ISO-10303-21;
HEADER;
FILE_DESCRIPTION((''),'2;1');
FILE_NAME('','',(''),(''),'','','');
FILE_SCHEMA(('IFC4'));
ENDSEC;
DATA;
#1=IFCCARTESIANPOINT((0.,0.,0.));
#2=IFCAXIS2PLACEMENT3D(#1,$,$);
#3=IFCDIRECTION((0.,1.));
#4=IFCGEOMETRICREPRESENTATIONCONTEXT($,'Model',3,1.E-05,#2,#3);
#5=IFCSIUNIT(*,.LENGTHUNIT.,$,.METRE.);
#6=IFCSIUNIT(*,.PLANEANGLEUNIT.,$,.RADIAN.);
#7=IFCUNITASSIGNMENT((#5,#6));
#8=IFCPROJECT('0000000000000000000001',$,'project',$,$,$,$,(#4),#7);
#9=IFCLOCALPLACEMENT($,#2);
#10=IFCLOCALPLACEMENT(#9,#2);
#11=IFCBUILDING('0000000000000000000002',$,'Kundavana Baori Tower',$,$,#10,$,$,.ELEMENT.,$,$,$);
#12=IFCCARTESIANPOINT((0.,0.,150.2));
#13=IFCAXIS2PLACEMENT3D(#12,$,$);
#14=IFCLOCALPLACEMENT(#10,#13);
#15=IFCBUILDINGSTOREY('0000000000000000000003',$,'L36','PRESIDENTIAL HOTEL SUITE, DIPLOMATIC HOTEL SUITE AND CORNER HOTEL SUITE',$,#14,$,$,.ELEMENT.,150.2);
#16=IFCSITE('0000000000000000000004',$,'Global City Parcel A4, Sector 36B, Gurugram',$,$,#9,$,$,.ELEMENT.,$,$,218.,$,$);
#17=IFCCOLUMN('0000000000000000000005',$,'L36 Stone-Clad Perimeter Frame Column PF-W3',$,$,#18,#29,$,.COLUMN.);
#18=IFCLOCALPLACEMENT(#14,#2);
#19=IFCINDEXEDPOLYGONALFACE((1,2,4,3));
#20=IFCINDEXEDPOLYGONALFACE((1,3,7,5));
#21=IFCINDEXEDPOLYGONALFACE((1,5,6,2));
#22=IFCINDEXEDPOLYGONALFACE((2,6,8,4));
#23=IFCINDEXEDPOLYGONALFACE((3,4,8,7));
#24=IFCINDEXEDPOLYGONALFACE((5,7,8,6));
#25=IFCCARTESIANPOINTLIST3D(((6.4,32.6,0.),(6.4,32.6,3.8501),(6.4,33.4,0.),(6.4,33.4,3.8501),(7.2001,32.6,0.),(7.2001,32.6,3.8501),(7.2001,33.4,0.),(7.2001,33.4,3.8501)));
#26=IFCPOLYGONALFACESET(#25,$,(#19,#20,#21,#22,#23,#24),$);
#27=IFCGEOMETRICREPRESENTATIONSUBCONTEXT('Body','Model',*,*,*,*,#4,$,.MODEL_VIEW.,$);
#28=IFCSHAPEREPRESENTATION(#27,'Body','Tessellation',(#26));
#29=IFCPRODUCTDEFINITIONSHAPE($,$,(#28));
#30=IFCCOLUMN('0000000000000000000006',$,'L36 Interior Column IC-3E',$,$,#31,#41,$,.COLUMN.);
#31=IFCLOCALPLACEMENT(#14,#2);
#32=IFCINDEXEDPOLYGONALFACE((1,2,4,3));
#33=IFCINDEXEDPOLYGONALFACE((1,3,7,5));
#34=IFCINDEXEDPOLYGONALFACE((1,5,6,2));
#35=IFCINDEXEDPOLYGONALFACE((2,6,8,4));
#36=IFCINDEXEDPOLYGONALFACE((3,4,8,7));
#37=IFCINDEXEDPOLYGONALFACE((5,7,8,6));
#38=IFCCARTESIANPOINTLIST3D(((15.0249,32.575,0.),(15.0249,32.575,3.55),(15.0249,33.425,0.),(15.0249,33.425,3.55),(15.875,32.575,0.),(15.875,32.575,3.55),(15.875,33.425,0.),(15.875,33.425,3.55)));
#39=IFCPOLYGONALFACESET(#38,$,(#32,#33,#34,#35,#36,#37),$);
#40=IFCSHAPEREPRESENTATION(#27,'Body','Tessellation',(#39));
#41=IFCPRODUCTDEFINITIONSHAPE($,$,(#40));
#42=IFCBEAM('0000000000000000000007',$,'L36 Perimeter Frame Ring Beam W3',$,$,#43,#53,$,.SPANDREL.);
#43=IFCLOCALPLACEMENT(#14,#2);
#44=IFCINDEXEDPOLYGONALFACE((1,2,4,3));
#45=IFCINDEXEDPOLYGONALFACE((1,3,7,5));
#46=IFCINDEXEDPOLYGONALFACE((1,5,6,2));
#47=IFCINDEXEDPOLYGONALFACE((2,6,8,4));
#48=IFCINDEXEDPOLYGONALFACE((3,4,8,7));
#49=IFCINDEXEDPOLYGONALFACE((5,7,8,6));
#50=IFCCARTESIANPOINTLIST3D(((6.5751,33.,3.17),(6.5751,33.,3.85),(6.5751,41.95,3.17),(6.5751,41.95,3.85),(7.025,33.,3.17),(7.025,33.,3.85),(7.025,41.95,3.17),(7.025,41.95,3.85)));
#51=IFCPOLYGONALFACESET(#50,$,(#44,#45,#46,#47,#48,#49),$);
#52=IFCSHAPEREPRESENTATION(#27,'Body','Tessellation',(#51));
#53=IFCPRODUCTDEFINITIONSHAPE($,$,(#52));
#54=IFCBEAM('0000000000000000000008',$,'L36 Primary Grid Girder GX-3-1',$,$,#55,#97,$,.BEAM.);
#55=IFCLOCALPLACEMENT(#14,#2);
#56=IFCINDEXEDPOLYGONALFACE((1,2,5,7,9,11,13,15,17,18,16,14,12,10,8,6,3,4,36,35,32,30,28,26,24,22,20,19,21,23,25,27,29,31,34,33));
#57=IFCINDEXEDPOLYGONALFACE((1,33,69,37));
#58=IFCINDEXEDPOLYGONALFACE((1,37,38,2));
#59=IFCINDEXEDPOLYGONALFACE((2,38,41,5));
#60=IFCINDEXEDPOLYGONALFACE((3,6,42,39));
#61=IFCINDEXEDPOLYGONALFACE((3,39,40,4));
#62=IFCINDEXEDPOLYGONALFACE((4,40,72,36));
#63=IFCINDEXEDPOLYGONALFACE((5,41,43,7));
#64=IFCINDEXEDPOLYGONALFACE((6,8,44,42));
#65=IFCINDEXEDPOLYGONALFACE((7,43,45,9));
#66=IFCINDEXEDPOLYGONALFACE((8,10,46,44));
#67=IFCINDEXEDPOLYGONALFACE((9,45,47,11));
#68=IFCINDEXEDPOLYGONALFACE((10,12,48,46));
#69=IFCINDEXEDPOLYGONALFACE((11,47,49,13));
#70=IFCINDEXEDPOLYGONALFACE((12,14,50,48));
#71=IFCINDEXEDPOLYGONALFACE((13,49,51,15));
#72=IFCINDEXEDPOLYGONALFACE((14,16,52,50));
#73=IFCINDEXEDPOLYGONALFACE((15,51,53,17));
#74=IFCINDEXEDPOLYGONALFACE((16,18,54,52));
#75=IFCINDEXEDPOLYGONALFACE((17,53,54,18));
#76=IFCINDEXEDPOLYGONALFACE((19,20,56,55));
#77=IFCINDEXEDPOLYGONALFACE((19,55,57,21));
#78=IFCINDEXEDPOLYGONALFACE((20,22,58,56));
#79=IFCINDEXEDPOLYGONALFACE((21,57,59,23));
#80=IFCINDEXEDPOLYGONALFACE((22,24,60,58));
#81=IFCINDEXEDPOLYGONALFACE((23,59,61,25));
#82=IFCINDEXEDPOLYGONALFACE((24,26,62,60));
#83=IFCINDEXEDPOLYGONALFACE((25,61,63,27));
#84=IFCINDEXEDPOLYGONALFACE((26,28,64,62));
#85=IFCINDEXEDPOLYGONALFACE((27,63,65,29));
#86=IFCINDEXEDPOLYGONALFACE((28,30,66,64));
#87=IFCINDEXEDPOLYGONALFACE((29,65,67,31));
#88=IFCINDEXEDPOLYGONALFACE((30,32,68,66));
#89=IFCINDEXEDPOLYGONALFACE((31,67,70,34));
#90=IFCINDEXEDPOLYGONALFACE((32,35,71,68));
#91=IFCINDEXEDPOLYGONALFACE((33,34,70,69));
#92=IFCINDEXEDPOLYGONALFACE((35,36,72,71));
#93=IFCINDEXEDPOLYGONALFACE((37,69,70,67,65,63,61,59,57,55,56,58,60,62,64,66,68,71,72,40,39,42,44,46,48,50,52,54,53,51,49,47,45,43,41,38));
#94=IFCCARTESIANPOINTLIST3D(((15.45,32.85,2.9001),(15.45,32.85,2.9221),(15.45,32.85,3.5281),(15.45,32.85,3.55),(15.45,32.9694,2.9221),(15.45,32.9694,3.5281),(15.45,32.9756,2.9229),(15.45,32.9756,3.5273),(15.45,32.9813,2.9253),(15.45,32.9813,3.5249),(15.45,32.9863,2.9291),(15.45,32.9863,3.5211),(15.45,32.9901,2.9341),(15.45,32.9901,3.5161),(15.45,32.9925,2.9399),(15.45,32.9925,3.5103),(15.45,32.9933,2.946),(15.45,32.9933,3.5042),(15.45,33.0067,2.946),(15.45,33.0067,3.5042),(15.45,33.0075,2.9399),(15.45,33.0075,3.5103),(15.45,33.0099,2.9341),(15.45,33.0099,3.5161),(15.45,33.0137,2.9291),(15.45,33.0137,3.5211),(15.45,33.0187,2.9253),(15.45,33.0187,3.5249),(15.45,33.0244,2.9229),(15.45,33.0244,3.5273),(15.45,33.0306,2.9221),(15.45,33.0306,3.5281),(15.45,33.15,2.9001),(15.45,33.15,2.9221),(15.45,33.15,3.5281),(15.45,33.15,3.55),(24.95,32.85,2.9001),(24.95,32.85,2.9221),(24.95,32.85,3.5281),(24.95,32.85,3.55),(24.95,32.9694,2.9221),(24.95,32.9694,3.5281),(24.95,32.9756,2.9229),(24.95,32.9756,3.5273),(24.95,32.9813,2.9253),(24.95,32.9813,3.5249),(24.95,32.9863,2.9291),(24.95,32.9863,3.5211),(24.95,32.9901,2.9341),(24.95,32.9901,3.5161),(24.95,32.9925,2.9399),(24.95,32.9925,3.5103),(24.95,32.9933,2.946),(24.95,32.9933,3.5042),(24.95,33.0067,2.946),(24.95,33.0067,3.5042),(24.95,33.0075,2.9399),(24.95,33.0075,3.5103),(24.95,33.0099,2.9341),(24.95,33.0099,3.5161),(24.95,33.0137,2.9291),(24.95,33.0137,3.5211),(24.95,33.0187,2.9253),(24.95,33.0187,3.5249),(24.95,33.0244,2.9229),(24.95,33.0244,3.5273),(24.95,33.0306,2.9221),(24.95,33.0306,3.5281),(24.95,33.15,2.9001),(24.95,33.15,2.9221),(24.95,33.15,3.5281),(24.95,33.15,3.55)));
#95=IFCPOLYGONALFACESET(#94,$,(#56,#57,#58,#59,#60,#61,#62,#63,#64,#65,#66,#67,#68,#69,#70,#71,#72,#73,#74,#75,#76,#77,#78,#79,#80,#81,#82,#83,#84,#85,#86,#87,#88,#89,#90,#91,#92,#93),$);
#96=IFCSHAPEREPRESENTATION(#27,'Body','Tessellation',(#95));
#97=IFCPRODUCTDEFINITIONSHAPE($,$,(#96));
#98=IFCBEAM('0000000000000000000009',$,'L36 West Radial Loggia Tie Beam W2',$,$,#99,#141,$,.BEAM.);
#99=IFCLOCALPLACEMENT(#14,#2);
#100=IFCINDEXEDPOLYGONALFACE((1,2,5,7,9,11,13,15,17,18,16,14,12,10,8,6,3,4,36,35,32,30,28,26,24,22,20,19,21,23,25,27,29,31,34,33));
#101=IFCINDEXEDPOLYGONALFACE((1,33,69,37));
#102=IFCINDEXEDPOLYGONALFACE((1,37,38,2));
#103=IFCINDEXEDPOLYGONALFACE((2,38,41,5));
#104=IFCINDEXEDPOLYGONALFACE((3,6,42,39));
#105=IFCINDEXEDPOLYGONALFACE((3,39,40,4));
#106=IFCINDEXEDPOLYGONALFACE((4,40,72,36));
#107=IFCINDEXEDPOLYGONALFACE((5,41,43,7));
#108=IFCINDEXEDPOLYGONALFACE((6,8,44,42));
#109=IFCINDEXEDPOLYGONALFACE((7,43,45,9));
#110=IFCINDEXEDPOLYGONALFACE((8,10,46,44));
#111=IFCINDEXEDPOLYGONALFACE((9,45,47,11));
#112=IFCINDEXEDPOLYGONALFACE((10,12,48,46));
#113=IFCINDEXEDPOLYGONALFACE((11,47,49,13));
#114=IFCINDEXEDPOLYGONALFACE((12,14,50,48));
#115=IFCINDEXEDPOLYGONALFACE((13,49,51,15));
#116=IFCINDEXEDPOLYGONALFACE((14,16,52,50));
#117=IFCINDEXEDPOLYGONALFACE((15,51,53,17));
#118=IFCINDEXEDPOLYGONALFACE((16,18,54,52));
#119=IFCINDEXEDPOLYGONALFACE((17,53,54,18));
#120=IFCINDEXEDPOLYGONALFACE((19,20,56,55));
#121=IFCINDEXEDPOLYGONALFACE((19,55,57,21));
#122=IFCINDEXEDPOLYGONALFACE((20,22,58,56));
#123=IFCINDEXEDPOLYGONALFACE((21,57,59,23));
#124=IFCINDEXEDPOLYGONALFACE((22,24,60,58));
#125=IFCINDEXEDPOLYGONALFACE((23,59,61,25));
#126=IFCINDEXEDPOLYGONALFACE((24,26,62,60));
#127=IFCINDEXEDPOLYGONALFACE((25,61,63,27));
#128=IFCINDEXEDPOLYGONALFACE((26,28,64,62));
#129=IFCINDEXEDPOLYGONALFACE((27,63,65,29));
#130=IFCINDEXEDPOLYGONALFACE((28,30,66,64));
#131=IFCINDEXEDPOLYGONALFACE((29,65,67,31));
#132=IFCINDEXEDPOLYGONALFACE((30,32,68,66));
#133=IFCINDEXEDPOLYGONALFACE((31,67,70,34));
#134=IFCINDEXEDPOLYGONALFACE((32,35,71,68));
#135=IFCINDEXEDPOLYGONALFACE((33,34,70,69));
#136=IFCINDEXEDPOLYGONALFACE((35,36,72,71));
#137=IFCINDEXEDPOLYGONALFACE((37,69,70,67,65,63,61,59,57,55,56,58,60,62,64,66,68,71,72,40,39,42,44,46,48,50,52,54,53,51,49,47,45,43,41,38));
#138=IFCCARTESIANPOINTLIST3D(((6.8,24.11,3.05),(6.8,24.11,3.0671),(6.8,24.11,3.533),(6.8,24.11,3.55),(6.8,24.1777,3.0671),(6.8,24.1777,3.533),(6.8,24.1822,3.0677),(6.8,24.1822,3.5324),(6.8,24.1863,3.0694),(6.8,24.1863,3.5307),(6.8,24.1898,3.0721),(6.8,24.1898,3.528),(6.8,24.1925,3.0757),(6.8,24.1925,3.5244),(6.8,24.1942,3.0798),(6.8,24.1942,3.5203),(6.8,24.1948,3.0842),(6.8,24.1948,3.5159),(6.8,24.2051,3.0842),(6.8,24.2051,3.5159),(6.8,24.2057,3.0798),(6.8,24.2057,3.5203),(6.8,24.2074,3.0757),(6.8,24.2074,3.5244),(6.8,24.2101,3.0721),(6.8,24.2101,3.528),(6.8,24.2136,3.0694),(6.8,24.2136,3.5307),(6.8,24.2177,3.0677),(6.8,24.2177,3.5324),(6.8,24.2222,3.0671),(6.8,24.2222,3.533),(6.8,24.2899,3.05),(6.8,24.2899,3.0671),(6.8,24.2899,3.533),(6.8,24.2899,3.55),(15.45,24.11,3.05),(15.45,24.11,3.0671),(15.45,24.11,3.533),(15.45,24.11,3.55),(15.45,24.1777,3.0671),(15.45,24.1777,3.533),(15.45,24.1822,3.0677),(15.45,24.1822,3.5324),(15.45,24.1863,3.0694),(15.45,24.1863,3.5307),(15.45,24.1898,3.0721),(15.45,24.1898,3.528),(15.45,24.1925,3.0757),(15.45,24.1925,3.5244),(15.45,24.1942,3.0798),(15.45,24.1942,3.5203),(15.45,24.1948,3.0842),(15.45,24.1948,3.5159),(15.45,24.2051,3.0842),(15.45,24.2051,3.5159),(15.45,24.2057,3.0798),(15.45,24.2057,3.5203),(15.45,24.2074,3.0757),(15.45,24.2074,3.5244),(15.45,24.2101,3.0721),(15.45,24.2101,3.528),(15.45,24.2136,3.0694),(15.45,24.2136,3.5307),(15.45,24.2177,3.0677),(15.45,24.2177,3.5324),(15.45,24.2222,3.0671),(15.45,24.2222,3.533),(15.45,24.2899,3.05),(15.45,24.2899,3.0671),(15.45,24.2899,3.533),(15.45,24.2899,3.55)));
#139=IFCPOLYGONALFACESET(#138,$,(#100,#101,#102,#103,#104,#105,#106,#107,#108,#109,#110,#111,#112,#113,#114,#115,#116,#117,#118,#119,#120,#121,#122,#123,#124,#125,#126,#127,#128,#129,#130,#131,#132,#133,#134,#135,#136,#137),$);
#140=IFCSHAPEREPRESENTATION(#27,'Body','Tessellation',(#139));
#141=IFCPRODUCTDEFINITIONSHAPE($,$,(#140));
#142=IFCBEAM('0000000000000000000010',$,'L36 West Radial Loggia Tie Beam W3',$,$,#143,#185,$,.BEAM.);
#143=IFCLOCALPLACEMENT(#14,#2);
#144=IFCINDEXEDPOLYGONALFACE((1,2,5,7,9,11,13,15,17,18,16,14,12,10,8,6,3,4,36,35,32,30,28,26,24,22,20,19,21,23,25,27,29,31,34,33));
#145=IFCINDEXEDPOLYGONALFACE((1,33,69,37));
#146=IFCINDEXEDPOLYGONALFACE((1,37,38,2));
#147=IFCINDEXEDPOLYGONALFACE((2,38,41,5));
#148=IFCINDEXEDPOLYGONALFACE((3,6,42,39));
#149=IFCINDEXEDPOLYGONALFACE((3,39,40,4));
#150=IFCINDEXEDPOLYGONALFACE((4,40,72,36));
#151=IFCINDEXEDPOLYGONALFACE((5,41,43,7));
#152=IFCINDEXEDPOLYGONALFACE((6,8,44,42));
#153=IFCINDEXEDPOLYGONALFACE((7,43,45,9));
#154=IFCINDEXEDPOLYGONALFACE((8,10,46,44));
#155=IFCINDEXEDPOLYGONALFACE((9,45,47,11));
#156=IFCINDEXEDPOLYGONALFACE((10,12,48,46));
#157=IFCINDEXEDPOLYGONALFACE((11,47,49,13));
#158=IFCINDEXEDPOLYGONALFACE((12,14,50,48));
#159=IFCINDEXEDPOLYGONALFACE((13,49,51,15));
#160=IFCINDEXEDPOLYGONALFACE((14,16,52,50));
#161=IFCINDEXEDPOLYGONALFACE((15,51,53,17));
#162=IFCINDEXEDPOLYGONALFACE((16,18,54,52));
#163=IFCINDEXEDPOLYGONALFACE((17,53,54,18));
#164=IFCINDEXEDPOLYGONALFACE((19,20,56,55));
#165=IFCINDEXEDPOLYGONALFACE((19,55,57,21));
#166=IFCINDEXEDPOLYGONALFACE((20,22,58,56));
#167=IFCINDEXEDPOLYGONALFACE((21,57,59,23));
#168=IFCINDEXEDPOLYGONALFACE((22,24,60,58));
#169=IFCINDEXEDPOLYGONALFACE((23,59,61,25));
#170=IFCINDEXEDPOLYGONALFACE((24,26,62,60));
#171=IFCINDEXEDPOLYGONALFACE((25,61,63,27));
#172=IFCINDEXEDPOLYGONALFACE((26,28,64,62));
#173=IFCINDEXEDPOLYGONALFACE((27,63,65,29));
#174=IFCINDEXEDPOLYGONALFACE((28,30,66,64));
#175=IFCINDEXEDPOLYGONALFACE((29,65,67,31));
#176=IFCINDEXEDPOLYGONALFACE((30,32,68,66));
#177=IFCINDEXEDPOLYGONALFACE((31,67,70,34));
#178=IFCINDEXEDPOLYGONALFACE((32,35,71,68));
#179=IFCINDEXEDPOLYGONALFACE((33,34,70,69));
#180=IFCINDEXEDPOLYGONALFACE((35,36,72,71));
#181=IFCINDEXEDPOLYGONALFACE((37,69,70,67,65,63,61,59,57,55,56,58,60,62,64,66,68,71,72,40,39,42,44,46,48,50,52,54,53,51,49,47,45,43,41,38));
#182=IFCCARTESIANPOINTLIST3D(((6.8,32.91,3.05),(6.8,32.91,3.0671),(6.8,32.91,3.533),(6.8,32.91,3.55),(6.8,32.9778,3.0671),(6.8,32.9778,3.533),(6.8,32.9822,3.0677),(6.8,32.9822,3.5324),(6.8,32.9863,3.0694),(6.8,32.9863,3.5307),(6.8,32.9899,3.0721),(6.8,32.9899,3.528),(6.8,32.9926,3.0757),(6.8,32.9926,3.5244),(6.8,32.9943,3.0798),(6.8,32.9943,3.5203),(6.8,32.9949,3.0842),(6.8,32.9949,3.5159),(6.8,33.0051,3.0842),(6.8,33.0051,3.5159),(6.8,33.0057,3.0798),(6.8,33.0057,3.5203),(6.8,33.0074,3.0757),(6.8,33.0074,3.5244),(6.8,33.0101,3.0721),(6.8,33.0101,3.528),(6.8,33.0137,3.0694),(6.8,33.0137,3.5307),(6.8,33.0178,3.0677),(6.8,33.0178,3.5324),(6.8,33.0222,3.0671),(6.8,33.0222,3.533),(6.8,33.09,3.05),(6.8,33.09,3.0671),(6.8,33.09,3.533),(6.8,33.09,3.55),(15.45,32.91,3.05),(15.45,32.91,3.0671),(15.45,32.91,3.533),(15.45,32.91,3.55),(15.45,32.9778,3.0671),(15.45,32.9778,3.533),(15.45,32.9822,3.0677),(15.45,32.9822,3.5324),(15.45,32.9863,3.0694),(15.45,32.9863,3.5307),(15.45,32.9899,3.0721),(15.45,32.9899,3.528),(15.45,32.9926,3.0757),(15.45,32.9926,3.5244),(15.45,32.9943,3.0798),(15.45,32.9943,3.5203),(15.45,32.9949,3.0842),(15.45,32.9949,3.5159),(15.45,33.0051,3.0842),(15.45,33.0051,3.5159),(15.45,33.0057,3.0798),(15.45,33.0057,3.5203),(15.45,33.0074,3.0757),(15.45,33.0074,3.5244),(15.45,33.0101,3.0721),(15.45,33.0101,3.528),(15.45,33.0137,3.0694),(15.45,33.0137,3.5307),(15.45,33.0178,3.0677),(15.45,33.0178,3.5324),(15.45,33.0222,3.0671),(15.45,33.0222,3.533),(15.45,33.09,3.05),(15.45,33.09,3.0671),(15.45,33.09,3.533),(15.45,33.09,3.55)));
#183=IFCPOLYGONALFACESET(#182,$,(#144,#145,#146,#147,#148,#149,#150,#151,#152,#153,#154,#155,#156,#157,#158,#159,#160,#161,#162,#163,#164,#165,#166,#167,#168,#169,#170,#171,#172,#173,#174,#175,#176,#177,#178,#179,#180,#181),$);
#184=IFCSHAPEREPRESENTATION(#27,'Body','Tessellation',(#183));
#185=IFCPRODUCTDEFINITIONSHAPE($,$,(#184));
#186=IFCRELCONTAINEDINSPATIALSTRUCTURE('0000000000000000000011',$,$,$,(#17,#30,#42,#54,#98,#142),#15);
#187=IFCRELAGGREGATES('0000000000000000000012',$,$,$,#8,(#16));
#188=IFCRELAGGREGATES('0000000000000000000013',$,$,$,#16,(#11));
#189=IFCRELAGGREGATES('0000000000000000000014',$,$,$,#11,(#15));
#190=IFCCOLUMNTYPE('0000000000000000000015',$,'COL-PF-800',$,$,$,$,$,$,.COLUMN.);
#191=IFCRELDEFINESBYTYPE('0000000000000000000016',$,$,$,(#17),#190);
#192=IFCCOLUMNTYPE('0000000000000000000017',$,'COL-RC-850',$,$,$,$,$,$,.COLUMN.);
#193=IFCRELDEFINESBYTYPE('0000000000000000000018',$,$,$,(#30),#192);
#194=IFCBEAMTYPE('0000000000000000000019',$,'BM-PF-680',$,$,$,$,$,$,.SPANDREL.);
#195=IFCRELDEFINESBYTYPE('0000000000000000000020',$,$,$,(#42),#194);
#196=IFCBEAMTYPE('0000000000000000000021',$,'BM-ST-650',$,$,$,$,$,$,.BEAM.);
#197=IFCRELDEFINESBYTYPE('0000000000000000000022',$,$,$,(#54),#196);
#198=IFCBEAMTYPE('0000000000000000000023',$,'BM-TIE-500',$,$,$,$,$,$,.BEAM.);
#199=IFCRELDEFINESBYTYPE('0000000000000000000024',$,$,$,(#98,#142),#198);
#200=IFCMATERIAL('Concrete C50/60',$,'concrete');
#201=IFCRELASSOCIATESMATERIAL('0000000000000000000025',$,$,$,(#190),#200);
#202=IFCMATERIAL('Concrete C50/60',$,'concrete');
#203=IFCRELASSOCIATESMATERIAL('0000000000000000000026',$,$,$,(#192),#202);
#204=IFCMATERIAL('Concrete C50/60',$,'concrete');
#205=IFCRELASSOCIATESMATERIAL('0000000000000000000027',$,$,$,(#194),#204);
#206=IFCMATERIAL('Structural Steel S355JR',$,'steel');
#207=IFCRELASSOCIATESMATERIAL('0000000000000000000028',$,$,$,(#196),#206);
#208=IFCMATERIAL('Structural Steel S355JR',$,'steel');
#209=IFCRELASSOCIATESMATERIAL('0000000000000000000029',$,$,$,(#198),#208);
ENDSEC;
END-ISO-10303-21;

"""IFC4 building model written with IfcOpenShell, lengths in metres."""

from ifc_helpers import new_model, si_unit, direction, frame, origin, origin_2d, place, context, subcontext, project, spatial, rectangle, i_section, extrude, material, material_profile, profile_set, type_object, element, save


model = new_model("IFC4")

# Units and contexts
model_context = context("Model", 3, precision=1e-05, world=origin(), true_north=direction((0.0, 1.0)))
body_context = subcontext(model_context, "Body", "Model", "MODEL_VIEW")
ifc_project = project(units=[si_unit("LENGTHUNIT", "METRE"), si_unit("PLANEANGLEUNIT", "RADIAN")], contexts=[model_context])

# Site, building, storey
site_placement = place(None, origin())
site = spatial("IfcSite", under=ifc_project, at=site_placement, Name="Global City Parcel A4, Sector 36B, Gurugram", CompositionType="ELEMENT", RefElevation=218.0)
building_placement = place(site_placement, origin())
building = spatial("IfcBuilding", under=site, at=building_placement, Name="Kundavana Baori Tower", CompositionType="ELEMENT")
storey_placement = place(building_placement, frame((0.0, 0.0, 150.2)))
storey = spatial("IfcBuildingStorey", under=building, at=storey_placement, Name="L36", Description="PRESIDENTIAL HOTEL SUITE, DIPLOMATIC HOTEL SUITE AND CORNER HOTEL SUITE", CompositionType="ELEMENT", Elevation=150.2)

# Columns
ifc_material_1 = material(Name="Concrete C50/60", Category="concrete")
ifc_material_profile_1 = material_profile(ifc_material_1, rectangle(XDim=0.8, YDim=0.8, at=origin_2d()), Name="RC PF 800x800")
ifc_profile_set_1 = profile_set([ifc_material_profile_1], Name="Concrete C50/60")
column_type_1 = type_object("IfcColumnType", Name="COL-PF-800", PredefinedType="COLUMN", material=ifc_profile_set_1)
column_1_placement = place(storey_placement, frame((6.8, 33.0, 0.0), z_axis=(0.0, 0.0, 1.0), x_axis=(1.0, 0.0, 0.0)))
element("IfcColumn", 1, at=column_1_placement, inside=storey, type_object=column_type_1, Name="L36 Stone-Clad Perimeter Frame Column PF-W3", PredefinedType="COLUMN", context=body_context, shape_type="SweptSolid", body=[
    extrude(rectangle(XDim=0.8, YDim=0.8, at=origin_2d()), origin(), (0.0, 0.0, 1.0), 3.8501),
])
ifc_material_2 = material(Name="Concrete C50/60", Category="concrete")
ifc_material_profile_2 = material_profile(ifc_material_2, rectangle(XDim=0.8501, YDim=0.8501, at=origin_2d()), Name="RC 850x850")
ifc_profile_set_2 = profile_set([ifc_material_profile_2], Name="Concrete C50/60")
column_type_2 = type_object("IfcColumnType", Name="COL-RC-850", PredefinedType="COLUMN", material=ifc_profile_set_2)
column_2_placement = place(storey_placement, frame((15.45, 33.0, 0.0), z_axis=(0.0, 0.0, 1.0), x_axis=(1.0, 0.0, 0.0)))
element("IfcColumn", 2, at=column_2_placement, inside=storey, type_object=column_type_2, Name="L36 Interior Column IC-3E", PredefinedType="COLUMN", context=body_context, shape_type="SweptSolid", body=[
    extrude(rectangle(XDim=0.8501, YDim=0.8501, at=origin_2d()), origin(), (0.0, 0.0, 1.0), 3.55),
])

# Beams
ifc_material_3 = material(Name="Concrete C50/60", Category="concrete")
ifc_material_profile_3 = material_profile(ifc_material_3, rectangle(XDim=0.45, YDim=0.6799, at=origin_2d()), Name="RC BM 450x680")
ifc_profile_set_3 = profile_set([ifc_material_profile_3], Name="Concrete C50/60")
beam_type_1 = type_object("IfcBeamType", Name="BM-PF-680", PredefinedType="SPANDREL", material=ifc_profile_set_3)
beam_1_placement = place(storey_placement, frame((6.8, 33.0, 3.51), z_axis=(0.0, 1.0, 0.0), x_axis=(-1.0, 0.0, 0.0)))
element("IfcBeam", 3, at=beam_1_placement, inside=storey, type_object=beam_type_1, Name="L36 Perimeter Frame Ring Beam W3", PredefinedType="SPANDREL", context=body_context, shape_type="SweptSolid", body=[
    extrude(rectangle(XDim=0.45, YDim=0.6799, at=origin_2d()), origin(), (0.0, 0.0, 1.0), 8.95),
])
ifc_material_4 = material(Name="Structural Steel S355JR", Category="steel")
ifc_material_profile_4 = material_profile(ifc_material_4, i_section(OverallWidth=0.3, OverallDepth=0.6499, WebThickness=0.0134, FlangeThickness=0.022, FilletRadius=0.0239, at=origin_2d()), Name="NPB 650x300x155")
ifc_profile_set_4 = profile_set([ifc_material_profile_4], Name="Structural Steel S355JR")
beam_type_2 = type_object("IfcBeamType", Name="BM-ST-650", PredefinedType="BEAM", material=ifc_profile_set_4)
beam_2_placement = place(storey_placement, frame((15.45, 33.0, 3.2251), z_axis=(1.0, 0.0, 0.0), x_axis=(0.0, 1.0, 0.0)))
element("IfcBeam", 4, at=beam_2_placement, inside=storey, type_object=beam_type_2, Name="L36 Primary Grid Girder GX-3-1", PredefinedType="BEAM", context=body_context, shape_type="SweptSolid", body=[
    extrude(i_section(OverallWidth=0.3, OverallDepth=0.6499, WebThickness=0.0134, FlangeThickness=0.022, FilletRadius=0.0239, at=origin_2d()), origin(), (0.0, 0.0, 1.0), 9.5),
])
ifc_material_5 = material(Name="Structural Steel S355JR", Category="steel")
ifc_material_profile_5 = material_profile(ifc_material_5, i_section(OverallWidth=0.1799, OverallDepth=0.5, WebThickness=0.0103, FlangeThickness=0.0171, FilletRadius=0.0171, at=origin_2d()), Name="ISMB 500")
ifc_profile_set_5 = profile_set([ifc_material_profile_5], Name="Structural Steel S355JR")
beam_type_3 = type_object("IfcBeamType", Name="BM-TIE-500", PredefinedType="BEAM", material=ifc_profile_set_5)
for number, where, z_axis, x_axis, name in (
    (5, (15.45, 24.2, 3.3), (-1.0, 0.0, 0.0), (0.0, -1.0, 0.0), "L36 West Radial Loggia Tie Beam W2"),
    (6, (15.45, 33.0, 3.3), (-1.0, 0.0, 0.0), (0.0, -1.0, 0.0), "L36 West Radial Loggia Tie Beam W3"),
):
    element("IfcBeam", number, at=place(storey_placement, frame(where, z_axis=z_axis, x_axis=x_axis)), inside=storey, type_object=beam_type_3, Name=name, PredefinedType="BEAM", context=body_context, shape_type="SweptSolid", body=[
        extrude(i_section(OverallWidth=0.1799, OverallDepth=0.5, WebThickness=0.0103, FlangeThickness=0.0171, FilletRadius=0.0171, at=origin_2d()), origin(), (0.0, 0.0, 1.0), 8.6499),
    ])

save(model, "model.ifc")
